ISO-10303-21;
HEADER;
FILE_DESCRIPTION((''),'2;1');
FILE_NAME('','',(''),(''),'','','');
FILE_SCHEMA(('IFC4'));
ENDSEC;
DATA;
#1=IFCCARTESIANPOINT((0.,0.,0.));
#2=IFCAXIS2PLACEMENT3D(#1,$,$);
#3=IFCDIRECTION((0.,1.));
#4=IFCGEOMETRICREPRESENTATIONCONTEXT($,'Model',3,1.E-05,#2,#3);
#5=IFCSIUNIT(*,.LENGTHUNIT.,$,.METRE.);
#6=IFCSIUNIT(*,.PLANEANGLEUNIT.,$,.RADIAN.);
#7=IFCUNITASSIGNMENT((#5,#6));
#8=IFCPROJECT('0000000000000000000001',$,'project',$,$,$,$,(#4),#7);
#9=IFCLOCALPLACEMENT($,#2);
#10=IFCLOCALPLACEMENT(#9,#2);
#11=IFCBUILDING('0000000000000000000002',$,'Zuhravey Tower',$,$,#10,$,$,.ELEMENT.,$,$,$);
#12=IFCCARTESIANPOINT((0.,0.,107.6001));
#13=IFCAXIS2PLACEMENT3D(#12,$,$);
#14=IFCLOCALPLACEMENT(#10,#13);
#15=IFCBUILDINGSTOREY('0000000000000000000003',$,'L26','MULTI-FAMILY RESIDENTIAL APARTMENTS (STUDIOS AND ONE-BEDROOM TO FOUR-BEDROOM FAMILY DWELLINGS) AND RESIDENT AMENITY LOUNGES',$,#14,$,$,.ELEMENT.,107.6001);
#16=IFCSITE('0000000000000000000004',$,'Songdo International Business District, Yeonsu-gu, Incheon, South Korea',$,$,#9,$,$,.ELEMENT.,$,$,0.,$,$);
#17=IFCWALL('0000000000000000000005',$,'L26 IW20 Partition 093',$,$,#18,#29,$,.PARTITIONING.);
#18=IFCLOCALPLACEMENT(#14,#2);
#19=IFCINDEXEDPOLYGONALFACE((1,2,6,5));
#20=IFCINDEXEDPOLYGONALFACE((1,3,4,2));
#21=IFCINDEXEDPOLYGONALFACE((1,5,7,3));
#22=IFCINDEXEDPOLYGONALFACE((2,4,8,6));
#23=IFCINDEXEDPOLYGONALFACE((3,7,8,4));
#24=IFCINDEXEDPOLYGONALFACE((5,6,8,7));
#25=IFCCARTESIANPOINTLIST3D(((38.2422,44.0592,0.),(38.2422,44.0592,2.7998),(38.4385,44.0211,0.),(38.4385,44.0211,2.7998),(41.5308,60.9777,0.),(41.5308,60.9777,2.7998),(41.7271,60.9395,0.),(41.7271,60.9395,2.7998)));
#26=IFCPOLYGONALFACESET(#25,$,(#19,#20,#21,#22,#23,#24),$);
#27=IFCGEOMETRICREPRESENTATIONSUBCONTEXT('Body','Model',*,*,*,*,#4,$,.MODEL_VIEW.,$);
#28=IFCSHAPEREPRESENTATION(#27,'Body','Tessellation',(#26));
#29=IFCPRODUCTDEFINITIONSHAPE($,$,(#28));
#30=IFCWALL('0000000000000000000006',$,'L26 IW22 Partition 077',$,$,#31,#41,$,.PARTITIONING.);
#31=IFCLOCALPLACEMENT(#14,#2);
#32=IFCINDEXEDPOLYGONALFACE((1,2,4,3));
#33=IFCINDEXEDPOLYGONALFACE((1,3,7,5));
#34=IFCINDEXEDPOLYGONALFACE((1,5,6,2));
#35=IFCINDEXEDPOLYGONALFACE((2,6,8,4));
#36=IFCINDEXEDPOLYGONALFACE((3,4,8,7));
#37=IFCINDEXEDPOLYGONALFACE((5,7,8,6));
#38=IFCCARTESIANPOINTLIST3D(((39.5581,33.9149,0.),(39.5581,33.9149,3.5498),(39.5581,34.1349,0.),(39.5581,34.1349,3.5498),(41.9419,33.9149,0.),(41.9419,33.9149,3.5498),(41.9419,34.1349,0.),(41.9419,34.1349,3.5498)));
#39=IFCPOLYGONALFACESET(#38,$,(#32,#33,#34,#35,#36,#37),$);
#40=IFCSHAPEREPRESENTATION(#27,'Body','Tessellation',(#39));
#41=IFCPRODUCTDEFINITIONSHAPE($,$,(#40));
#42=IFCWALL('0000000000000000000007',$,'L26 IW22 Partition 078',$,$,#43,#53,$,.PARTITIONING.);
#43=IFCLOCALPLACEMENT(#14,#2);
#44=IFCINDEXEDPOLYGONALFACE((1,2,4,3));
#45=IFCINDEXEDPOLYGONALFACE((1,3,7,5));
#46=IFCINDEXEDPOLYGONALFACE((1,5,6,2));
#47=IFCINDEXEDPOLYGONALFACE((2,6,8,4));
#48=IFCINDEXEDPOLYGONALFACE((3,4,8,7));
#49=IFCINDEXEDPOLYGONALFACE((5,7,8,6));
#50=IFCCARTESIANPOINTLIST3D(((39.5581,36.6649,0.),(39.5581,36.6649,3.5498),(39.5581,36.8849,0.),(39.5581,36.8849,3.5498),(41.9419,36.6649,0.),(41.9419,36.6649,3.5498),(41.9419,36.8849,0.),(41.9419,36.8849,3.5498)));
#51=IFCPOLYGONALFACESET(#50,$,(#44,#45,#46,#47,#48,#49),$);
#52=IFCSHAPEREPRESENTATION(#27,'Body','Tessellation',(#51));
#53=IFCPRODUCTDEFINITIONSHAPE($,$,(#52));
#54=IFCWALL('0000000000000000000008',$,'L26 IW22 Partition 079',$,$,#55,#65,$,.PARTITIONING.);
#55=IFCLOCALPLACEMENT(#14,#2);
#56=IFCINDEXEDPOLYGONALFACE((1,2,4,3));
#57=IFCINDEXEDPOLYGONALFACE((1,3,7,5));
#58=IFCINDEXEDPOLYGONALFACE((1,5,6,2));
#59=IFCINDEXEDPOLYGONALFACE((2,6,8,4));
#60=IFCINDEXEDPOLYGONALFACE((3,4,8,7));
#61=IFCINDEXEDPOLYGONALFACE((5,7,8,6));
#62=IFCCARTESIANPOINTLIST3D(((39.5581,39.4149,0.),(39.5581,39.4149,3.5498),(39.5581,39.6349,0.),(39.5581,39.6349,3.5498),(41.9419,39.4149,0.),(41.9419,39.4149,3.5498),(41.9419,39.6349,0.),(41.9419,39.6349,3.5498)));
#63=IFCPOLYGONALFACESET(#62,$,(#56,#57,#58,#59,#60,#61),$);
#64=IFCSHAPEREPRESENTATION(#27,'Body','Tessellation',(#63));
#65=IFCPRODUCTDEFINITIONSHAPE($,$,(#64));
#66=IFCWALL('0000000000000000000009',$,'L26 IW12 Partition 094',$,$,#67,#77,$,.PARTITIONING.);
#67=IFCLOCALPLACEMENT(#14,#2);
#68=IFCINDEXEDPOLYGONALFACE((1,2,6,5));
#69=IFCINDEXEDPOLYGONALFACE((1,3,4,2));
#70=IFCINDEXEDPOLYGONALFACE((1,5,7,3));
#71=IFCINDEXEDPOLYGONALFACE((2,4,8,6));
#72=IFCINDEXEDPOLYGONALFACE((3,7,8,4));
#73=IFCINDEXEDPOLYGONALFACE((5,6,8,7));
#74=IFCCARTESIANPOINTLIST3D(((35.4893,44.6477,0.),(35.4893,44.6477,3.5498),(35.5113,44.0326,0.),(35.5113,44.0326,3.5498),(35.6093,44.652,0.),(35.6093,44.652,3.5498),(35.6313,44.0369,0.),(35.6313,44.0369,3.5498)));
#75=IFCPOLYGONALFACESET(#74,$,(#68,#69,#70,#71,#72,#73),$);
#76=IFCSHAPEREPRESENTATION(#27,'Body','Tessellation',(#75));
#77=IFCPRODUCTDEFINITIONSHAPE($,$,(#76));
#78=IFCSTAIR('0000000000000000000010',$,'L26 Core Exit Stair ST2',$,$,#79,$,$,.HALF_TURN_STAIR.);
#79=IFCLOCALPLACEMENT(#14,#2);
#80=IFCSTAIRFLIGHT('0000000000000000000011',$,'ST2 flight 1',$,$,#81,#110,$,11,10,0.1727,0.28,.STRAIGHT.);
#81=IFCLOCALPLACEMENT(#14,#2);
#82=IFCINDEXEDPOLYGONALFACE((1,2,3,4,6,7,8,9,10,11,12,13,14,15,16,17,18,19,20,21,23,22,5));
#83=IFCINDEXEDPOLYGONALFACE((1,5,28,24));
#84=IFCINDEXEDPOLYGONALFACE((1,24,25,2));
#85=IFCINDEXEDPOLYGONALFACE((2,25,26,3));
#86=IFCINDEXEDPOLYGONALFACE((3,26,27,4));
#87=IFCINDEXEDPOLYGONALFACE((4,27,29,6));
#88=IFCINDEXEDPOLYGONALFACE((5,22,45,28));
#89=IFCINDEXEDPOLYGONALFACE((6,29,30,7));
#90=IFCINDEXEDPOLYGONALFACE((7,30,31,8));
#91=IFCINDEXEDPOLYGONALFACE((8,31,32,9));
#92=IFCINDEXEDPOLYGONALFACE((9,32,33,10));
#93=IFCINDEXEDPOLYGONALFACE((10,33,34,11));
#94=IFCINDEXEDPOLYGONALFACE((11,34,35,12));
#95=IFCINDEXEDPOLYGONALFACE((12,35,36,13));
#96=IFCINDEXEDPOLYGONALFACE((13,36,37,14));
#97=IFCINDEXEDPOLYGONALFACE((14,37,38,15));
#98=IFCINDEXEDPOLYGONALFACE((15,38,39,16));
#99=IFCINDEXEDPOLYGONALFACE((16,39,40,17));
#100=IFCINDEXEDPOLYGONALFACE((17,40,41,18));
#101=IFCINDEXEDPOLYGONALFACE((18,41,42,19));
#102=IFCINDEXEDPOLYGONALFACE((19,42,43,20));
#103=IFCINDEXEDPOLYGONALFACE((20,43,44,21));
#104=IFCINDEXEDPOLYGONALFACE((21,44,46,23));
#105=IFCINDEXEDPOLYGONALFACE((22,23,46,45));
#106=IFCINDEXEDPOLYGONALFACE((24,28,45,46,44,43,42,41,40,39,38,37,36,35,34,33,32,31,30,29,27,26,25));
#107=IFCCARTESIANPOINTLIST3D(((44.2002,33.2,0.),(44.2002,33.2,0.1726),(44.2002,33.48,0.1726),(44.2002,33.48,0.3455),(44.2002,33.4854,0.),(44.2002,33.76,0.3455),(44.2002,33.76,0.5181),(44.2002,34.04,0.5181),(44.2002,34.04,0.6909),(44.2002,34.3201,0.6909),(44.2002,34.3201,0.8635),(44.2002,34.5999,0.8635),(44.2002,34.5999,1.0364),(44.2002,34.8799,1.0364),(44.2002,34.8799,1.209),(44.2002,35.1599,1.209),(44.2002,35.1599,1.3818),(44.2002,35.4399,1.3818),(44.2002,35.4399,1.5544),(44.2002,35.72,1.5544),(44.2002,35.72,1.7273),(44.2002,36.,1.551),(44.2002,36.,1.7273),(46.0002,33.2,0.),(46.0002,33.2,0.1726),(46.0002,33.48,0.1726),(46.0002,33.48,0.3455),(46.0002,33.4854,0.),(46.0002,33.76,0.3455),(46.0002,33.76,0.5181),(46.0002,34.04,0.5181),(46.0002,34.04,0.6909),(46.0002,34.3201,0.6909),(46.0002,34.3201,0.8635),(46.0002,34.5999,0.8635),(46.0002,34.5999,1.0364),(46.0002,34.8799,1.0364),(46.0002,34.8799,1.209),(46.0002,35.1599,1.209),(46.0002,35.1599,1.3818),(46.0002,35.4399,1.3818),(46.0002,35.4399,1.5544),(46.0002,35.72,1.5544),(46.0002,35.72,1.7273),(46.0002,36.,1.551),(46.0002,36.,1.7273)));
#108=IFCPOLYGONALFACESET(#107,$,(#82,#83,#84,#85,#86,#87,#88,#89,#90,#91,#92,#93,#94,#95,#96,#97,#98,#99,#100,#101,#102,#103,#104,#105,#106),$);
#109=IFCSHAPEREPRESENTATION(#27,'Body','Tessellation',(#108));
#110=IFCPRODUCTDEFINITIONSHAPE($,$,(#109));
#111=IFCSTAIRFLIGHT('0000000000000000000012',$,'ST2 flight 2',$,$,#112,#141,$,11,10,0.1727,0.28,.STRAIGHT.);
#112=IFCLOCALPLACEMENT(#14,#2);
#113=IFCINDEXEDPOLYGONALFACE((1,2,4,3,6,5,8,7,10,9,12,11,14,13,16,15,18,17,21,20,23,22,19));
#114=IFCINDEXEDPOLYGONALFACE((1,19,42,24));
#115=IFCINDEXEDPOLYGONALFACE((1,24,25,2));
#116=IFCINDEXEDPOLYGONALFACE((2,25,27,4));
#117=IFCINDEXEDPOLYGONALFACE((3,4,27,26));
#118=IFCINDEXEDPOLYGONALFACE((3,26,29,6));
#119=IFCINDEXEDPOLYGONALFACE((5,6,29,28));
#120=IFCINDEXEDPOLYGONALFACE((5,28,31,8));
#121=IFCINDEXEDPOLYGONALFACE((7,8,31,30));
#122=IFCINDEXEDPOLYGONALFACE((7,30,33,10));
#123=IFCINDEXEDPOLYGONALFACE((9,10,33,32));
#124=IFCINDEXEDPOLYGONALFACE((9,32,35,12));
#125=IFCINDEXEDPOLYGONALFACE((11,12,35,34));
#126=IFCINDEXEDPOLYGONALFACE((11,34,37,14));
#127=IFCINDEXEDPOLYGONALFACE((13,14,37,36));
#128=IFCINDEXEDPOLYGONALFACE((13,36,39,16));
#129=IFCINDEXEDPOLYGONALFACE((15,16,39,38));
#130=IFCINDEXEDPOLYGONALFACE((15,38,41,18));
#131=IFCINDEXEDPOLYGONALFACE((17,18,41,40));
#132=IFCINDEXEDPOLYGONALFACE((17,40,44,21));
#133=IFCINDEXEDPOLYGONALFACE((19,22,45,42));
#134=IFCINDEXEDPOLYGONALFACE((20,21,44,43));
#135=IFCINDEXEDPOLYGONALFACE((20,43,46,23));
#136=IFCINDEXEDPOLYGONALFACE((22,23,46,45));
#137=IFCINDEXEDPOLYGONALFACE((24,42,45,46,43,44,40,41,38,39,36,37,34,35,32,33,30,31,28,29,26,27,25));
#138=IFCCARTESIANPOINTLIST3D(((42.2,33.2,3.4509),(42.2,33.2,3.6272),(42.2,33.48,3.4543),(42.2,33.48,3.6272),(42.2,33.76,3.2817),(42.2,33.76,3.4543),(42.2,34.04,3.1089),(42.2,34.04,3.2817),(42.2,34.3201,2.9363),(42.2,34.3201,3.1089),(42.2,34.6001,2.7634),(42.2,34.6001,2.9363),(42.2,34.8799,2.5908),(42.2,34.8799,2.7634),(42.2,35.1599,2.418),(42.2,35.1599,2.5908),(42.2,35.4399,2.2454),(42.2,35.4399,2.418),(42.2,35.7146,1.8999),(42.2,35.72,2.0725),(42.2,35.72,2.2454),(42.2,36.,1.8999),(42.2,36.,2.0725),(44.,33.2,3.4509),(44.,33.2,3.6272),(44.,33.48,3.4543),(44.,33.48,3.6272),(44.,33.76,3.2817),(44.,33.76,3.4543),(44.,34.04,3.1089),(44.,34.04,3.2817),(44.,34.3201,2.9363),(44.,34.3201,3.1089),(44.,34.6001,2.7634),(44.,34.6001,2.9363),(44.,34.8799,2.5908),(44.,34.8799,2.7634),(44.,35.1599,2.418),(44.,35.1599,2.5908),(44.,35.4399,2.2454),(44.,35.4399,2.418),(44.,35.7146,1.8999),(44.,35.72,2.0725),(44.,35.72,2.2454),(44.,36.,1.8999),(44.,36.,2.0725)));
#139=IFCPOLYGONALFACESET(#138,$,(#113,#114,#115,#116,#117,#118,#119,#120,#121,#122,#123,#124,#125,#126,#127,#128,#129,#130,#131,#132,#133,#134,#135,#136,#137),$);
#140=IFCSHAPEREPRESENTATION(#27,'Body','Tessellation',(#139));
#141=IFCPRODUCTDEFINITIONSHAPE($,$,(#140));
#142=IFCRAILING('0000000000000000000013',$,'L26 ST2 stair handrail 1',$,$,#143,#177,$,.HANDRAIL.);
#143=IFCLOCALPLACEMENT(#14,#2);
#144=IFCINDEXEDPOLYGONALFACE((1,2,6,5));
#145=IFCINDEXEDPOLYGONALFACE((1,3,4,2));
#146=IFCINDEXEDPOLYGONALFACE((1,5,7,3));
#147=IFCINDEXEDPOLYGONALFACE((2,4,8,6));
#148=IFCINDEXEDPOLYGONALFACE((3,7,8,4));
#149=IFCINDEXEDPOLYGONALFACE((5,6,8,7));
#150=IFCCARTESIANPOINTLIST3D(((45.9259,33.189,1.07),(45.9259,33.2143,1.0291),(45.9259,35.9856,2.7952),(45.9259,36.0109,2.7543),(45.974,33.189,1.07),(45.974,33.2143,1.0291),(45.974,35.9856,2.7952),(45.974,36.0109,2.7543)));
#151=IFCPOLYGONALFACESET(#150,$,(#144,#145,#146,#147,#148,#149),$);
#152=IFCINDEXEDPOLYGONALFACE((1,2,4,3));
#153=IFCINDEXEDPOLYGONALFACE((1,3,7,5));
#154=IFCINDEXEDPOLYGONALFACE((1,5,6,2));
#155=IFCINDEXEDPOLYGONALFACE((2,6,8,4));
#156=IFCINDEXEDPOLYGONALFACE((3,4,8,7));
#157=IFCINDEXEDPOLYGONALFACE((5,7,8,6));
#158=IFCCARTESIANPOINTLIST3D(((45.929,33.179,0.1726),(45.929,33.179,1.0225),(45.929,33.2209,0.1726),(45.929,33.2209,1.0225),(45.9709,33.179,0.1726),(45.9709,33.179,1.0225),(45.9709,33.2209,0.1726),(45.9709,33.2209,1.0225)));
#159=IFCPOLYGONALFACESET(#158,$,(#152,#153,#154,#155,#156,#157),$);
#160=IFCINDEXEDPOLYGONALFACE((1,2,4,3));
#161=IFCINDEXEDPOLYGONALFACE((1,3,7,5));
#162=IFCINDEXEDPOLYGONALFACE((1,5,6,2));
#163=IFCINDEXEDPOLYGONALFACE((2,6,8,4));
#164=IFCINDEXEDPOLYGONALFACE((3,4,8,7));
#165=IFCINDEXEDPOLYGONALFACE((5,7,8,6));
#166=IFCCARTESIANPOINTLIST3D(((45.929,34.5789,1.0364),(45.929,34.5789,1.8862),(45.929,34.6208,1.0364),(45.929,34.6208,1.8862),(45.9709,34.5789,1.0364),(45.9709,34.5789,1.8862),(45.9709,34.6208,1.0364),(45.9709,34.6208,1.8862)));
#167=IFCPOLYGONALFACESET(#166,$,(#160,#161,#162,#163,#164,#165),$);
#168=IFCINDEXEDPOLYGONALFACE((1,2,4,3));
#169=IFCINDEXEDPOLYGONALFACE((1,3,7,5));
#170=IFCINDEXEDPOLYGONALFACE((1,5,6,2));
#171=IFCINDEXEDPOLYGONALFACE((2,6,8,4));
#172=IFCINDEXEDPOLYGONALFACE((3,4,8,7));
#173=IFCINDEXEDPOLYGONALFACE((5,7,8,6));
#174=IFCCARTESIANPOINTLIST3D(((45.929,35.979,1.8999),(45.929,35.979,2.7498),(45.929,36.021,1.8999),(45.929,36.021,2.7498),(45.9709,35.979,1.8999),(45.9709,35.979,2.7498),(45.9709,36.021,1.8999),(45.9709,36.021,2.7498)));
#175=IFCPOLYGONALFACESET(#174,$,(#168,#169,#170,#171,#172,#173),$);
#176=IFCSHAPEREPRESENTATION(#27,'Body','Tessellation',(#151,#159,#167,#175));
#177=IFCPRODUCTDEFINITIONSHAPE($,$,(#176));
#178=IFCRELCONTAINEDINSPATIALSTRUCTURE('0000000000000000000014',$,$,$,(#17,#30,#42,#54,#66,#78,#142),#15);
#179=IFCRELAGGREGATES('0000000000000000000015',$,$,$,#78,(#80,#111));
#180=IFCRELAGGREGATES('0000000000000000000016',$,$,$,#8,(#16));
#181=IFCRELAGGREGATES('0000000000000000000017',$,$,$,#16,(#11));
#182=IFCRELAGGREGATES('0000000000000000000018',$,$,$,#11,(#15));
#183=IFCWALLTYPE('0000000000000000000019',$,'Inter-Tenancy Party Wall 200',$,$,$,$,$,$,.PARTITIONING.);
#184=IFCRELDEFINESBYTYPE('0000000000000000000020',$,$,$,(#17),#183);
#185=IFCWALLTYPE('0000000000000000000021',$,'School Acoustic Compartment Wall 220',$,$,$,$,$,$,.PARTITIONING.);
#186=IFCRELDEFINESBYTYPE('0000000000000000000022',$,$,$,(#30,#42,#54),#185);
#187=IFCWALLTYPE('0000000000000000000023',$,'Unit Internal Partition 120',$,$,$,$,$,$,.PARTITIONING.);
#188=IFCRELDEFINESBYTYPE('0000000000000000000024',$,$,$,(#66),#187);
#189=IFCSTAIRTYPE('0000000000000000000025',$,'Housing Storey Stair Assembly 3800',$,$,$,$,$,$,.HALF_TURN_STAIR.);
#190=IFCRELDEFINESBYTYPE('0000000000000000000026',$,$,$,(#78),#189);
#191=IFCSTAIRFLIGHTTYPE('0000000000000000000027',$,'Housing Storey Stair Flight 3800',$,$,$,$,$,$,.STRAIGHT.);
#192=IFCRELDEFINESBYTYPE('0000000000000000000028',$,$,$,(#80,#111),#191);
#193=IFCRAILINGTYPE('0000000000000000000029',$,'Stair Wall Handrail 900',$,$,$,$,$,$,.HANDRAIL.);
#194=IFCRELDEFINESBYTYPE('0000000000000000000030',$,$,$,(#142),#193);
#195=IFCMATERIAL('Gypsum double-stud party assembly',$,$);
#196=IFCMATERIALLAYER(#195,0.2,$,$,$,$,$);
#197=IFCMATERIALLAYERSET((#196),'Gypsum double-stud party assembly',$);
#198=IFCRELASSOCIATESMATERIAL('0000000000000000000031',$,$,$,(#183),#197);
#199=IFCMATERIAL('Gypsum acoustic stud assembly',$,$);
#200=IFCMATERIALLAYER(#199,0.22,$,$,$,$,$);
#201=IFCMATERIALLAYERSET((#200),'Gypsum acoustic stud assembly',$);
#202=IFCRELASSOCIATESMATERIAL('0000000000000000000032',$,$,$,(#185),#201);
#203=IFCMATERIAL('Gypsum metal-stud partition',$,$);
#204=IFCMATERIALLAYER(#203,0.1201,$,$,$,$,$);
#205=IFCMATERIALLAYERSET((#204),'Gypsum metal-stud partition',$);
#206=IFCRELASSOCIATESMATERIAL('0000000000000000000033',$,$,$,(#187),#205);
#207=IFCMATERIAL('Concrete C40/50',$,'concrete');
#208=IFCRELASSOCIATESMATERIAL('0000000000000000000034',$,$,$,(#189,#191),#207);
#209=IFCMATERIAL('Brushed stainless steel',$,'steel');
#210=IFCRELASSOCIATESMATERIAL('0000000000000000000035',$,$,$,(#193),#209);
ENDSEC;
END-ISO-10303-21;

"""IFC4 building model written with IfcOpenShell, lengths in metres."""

from ifc_helpers import new_model, si_unit, direction, frame, frame_2d, origin, origin_2d, place, context, subcontext, project, spatial, polyline, rectangle, outline, extrude, material, layer, layer_set, type_object, element, aggregate, save


model = new_model("IFC4")

# Units and contexts
model_context = context("Model", 3, precision=1e-05, world=origin(), true_north=direction((0.0, 1.0)))
body_context = subcontext(model_context, "Body", "Model", "MODEL_VIEW")
ifc_project = project(units=[si_unit("LENGTHUNIT", "METRE"), si_unit("PLANEANGLEUNIT", "RADIAN")], contexts=[model_context])

# Site, building, storey
site_placement = place(None, origin())
site = spatial("IfcSite", under=ifc_project, at=site_placement, Name="Songdo International Business District, Yeonsu-gu, Incheon, South Korea", CompositionType="ELEMENT", RefElevation=0.0)
building_placement = place(site_placement, origin())
building = spatial("IfcBuilding", under=site, at=building_placement, Name="Zuhravey Tower", CompositionType="ELEMENT")
storey_placement = place(building_placement, frame((0.0, 0.0, 107.6001)))
storey = spatial("IfcBuildingStorey", under=building, at=storey_placement, Name="L26", Description="MULTI-FAMILY RESIDENTIAL APARTMENTS (STUDIOS AND ONE-BEDROOM TO FOUR-BEDROOM FAMILY DWELLINGS) AND RESIDENT AMENITY LOUNGES", CompositionType="ELEMENT", Elevation=107.6001)

# Walls
ifc_material_1 = material(Name="Gypsum double-stud party assembly")
ifc_layer_1 = layer(ifc_material_1, 0.2)
ifc_layer_set_1 = layer_set([ifc_layer_1], Name="Gypsum double-stud party assembly")
wall_type_1 = type_object("IfcWallType", Name="Inter-Tenancy Party Wall 200", PredefinedType="PARTITIONING", material=ifc_layer_set_1)
wall_1_placement = place(storey_placement, frame((38.3403, 44.04, 0.0), z_axis=(0.0, 0.0, 1.0), x_axis=(0.190807, 0.981628, 0.0)))
element("IfcWall", 1, at=wall_1_placement, inside=storey, type_object=wall_type_1, Name="L26 IW20 Partition 093", PredefinedType="PARTITIONING", context=body_context, shape_type="SweptSolid", body=[
    extrude(rectangle(XDim=17.2351, YDim=0.2, at=frame_2d((8.6177, 0.0))), origin(), (0.0, 0.0, 1.0), 2.7998),
])
ifc_material_2 = material(Name="Gypsum acoustic stud assembly")
ifc_layer_2 = layer(ifc_material_2, 0.22)
ifc_layer_set_2 = layer_set([ifc_layer_2], Name="Gypsum acoustic stud assembly")
wall_type_2 = type_object("IfcWallType", Name="School Acoustic Compartment Wall 220", PredefinedType="PARTITIONING", material=ifc_layer_set_2)
for number, where, z_axis, x_axis, name in (
    (2, (39.5581, 34.0249, 0.0), (0.0, 0.0, 1.0), (1.0, 0.0, 0.0), "L26 IW22 Partition 077"),
    (3, (39.5581, 36.7749, 0.0), (0.0, 0.0, 1.0), (1.0, 0.0, 0.0), "L26 IW22 Partition 078"),
    (4, (39.5581, 39.5249, 0.0), (0.0, 0.0, 1.0), (1.0, 0.0, 0.0), "L26 IW22 Partition 079"),
):
    element("IfcWall", number, at=place(storey_placement, frame(where, z_axis=z_axis, x_axis=x_axis)), inside=storey, type_object=wall_type_2, Name=name, PredefinedType="PARTITIONING", context=body_context, shape_type="SweptSolid", body=[
        extrude(rectangle(XDim=2.3838, YDim=0.22, at=frame_2d((1.1919, 0.0))), origin(), (0.0, 0.0, 1.0), 3.5498),
    ])
ifc_material_3 = material(Name="Gypsum metal-stud partition")
ifc_layer_3 = layer(ifc_material_3, 0.1201)
ifc_layer_set_3 = layer_set([ifc_layer_3], Name="Gypsum metal-stud partition")
wall_type_3 = type_object("IfcWallType", Name="Unit Internal Partition 120", PredefinedType="PARTITIONING", material=ifc_layer_set_3)
wall_2_placement = place(storey_placement, frame((35.5713, 44.0349, 0.0), z_axis=(0.0, 0.0, 1.0), x_axis=(-0.035706, 0.999362, 0.0)))
element("IfcWall", 5, at=wall_2_placement, inside=storey, type_object=wall_type_3, Name="L26 IW12 Partition 094", PredefinedType="PARTITIONING", context=body_context, shape_type="SweptSolid", body=[
    extrude(rectangle(XDim=0.6155, YDim=0.1201, at=frame_2d((0.3076, 0.0))), origin(), (0.0, 0.0, 1.0), 3.5498),
])

# Stair, stair flights
ifc_material_4 = material(Name="Concrete C40/50", Category="concrete")
stair_type = type_object("IfcStairType", Name="Housing Storey Stair Assembly 3800", PredefinedType="HALF_TURN_STAIR", material=ifc_material_4)
stair_placement = place(storey_placement, origin())
stair = element("IfcStair", 6, at=stair_placement, inside=storey, type_object=stair_type, Name="L26 Core Exit Stair ST2", PredefinedType="HALF_TURN_STAIR")
stair_flight_type = type_object("IfcStairFlightType", Name="Housing Storey Stair Flight 3800", PredefinedType="STRAIGHT", material=ifc_material_4)
stair_flight_1_placement = place(storey_placement, frame((45.1001, 33.2, 0.0), z_axis=(0.0, 0.0, 1.0), x_axis=(0.0, 1.0, 0.0)))
stair_flight_1 = element("IfcStairFlight", 7, at=stair_flight_1_placement, type_object=stair_flight_type, Name="ST2 flight 1", NumberOfRisers=11, NumberOfTreads=10, PredefinedType="STRAIGHT", RiserHeight=0.1727, TreadLength=0.28, context=body_context, shape_type="SweptSolid", body=[
    extrude(outline(polyline([(0.0, 0.0), (0.0, 0.1726), (0.28, 0.1726), (0.28, 0.3455), (0.5601, 0.3455), (0.5601, 0.5181), (0.8401, 0.5181), (0.8401, 0.6909), (1.1201, 0.6909), (1.1201, 0.8635), (1.3999, 0.8635), (1.3999, 1.0364), (1.6799, 1.0364), (1.6799, 1.209), (1.96, 1.209), (1.96, 1.3818), (2.24, 1.3818), (2.24, 1.5544), (2.52, 1.5544), (2.52, 1.7273), (2.8, 1.7273), (2.8, 1.8999), (2.8, 1.551), (0.2854, 0.0), (0.0, 0.0)])), frame((0.0, 0.8999, 0.0), z_axis=(0.0, -1.0, 0.0), x_axis=(1.0, 0.0, 0.0)), (0.0, 0.0, 1.0), 1.8),
])
stair_flight_2_placement = place(storey_placement, frame((43.1001, 36.0, 1.8999), z_axis=(0.0, 0.0, 1.0), x_axis=(0.0, -1.0, 0.0)))
stair_flight_2 = element("IfcStairFlight", 8, at=stair_flight_2_placement, type_object=stair_flight_type, Name="ST2 flight 2", NumberOfRisers=11, NumberOfTreads=10, PredefinedType="STRAIGHT", RiserHeight=0.1727, TreadLength=0.28, context=body_context, shape_type="SweptSolid", body=[
    extrude(outline(polyline([(0.0, 0.0), (0.0, 0.1726), (0.28, 0.1726), (0.28, 0.3455), (0.5601, 0.3455), (0.5601, 0.5181), (0.8401, 0.5181), (0.8401, 0.6909), (1.1201, 0.6909), (1.1201, 0.8635), (1.3999, 0.8635), (1.3999, 1.0364), (1.6799, 1.0364), (1.6799, 1.209), (1.96, 1.209), (1.96, 1.3818), (2.24, 1.3818), (2.24, 1.5544), (2.52, 1.5544), (2.52, 1.7273), (2.8, 1.7273), (2.8, 1.8999), (2.8, 1.551), (0.2854, 0.0), (0.0, 0.0)])), frame((0.0, 0.8999, 0.0), z_axis=(0.0, -1.0, 0.0), x_axis=(1.0, 0.0, 0.0)), (0.0, 0.0, 1.0), 1.8),
])
aggregate(stair, [stair_flight_1, stair_flight_2])

# Railing
ifc_material_5 = material(Name="Brushed stainless steel", Category="steel")
railing_type_1 = type_object("IfcRailingType", Name="Stair Wall Handrail 900", PredefinedType="HANDRAIL", material=ifc_material_5)
railing_1_placement = place(storey_placement, frame((45.95, 33.2, 0.1726)))
element("IfcRailing", 9, at=railing_1_placement, inside=storey, type_object=railing_type_1, Name="L26 ST2 stair handrail 1", PredefinedType="HANDRAIL", context=body_context, shape_type="SweptSolid", body=[
    extrude(rectangle(XDim=0.0481, YDim=0.0481, at=origin_2d()), frame((0.0, 0.0017, 0.877), z_axis=(0.0, 0.85109, 0.52502), x_axis=(-1.0, 0.0, 0.0)), (0.0, 0.0, 1.0), 3.2859),
    extrude(rectangle(XDim=0.042, YDim=0.042, at=origin_2d()), origin(), (0.0, 0.0, 1.0), 0.8499),
    extrude(rectangle(XDim=0.042, YDim=0.042, at=origin_2d()), frame((0.0, 1.3999, 0.8638)), (0.0, 0.0, 1.0), 0.8499),
    extrude(rectangle(XDim=0.042, YDim=0.042, at=origin_2d()), frame((0.0, 2.8, 1.7273)), (0.0, 0.0, 1.0), 0.8499),
])

save(model, "model.ifc")
